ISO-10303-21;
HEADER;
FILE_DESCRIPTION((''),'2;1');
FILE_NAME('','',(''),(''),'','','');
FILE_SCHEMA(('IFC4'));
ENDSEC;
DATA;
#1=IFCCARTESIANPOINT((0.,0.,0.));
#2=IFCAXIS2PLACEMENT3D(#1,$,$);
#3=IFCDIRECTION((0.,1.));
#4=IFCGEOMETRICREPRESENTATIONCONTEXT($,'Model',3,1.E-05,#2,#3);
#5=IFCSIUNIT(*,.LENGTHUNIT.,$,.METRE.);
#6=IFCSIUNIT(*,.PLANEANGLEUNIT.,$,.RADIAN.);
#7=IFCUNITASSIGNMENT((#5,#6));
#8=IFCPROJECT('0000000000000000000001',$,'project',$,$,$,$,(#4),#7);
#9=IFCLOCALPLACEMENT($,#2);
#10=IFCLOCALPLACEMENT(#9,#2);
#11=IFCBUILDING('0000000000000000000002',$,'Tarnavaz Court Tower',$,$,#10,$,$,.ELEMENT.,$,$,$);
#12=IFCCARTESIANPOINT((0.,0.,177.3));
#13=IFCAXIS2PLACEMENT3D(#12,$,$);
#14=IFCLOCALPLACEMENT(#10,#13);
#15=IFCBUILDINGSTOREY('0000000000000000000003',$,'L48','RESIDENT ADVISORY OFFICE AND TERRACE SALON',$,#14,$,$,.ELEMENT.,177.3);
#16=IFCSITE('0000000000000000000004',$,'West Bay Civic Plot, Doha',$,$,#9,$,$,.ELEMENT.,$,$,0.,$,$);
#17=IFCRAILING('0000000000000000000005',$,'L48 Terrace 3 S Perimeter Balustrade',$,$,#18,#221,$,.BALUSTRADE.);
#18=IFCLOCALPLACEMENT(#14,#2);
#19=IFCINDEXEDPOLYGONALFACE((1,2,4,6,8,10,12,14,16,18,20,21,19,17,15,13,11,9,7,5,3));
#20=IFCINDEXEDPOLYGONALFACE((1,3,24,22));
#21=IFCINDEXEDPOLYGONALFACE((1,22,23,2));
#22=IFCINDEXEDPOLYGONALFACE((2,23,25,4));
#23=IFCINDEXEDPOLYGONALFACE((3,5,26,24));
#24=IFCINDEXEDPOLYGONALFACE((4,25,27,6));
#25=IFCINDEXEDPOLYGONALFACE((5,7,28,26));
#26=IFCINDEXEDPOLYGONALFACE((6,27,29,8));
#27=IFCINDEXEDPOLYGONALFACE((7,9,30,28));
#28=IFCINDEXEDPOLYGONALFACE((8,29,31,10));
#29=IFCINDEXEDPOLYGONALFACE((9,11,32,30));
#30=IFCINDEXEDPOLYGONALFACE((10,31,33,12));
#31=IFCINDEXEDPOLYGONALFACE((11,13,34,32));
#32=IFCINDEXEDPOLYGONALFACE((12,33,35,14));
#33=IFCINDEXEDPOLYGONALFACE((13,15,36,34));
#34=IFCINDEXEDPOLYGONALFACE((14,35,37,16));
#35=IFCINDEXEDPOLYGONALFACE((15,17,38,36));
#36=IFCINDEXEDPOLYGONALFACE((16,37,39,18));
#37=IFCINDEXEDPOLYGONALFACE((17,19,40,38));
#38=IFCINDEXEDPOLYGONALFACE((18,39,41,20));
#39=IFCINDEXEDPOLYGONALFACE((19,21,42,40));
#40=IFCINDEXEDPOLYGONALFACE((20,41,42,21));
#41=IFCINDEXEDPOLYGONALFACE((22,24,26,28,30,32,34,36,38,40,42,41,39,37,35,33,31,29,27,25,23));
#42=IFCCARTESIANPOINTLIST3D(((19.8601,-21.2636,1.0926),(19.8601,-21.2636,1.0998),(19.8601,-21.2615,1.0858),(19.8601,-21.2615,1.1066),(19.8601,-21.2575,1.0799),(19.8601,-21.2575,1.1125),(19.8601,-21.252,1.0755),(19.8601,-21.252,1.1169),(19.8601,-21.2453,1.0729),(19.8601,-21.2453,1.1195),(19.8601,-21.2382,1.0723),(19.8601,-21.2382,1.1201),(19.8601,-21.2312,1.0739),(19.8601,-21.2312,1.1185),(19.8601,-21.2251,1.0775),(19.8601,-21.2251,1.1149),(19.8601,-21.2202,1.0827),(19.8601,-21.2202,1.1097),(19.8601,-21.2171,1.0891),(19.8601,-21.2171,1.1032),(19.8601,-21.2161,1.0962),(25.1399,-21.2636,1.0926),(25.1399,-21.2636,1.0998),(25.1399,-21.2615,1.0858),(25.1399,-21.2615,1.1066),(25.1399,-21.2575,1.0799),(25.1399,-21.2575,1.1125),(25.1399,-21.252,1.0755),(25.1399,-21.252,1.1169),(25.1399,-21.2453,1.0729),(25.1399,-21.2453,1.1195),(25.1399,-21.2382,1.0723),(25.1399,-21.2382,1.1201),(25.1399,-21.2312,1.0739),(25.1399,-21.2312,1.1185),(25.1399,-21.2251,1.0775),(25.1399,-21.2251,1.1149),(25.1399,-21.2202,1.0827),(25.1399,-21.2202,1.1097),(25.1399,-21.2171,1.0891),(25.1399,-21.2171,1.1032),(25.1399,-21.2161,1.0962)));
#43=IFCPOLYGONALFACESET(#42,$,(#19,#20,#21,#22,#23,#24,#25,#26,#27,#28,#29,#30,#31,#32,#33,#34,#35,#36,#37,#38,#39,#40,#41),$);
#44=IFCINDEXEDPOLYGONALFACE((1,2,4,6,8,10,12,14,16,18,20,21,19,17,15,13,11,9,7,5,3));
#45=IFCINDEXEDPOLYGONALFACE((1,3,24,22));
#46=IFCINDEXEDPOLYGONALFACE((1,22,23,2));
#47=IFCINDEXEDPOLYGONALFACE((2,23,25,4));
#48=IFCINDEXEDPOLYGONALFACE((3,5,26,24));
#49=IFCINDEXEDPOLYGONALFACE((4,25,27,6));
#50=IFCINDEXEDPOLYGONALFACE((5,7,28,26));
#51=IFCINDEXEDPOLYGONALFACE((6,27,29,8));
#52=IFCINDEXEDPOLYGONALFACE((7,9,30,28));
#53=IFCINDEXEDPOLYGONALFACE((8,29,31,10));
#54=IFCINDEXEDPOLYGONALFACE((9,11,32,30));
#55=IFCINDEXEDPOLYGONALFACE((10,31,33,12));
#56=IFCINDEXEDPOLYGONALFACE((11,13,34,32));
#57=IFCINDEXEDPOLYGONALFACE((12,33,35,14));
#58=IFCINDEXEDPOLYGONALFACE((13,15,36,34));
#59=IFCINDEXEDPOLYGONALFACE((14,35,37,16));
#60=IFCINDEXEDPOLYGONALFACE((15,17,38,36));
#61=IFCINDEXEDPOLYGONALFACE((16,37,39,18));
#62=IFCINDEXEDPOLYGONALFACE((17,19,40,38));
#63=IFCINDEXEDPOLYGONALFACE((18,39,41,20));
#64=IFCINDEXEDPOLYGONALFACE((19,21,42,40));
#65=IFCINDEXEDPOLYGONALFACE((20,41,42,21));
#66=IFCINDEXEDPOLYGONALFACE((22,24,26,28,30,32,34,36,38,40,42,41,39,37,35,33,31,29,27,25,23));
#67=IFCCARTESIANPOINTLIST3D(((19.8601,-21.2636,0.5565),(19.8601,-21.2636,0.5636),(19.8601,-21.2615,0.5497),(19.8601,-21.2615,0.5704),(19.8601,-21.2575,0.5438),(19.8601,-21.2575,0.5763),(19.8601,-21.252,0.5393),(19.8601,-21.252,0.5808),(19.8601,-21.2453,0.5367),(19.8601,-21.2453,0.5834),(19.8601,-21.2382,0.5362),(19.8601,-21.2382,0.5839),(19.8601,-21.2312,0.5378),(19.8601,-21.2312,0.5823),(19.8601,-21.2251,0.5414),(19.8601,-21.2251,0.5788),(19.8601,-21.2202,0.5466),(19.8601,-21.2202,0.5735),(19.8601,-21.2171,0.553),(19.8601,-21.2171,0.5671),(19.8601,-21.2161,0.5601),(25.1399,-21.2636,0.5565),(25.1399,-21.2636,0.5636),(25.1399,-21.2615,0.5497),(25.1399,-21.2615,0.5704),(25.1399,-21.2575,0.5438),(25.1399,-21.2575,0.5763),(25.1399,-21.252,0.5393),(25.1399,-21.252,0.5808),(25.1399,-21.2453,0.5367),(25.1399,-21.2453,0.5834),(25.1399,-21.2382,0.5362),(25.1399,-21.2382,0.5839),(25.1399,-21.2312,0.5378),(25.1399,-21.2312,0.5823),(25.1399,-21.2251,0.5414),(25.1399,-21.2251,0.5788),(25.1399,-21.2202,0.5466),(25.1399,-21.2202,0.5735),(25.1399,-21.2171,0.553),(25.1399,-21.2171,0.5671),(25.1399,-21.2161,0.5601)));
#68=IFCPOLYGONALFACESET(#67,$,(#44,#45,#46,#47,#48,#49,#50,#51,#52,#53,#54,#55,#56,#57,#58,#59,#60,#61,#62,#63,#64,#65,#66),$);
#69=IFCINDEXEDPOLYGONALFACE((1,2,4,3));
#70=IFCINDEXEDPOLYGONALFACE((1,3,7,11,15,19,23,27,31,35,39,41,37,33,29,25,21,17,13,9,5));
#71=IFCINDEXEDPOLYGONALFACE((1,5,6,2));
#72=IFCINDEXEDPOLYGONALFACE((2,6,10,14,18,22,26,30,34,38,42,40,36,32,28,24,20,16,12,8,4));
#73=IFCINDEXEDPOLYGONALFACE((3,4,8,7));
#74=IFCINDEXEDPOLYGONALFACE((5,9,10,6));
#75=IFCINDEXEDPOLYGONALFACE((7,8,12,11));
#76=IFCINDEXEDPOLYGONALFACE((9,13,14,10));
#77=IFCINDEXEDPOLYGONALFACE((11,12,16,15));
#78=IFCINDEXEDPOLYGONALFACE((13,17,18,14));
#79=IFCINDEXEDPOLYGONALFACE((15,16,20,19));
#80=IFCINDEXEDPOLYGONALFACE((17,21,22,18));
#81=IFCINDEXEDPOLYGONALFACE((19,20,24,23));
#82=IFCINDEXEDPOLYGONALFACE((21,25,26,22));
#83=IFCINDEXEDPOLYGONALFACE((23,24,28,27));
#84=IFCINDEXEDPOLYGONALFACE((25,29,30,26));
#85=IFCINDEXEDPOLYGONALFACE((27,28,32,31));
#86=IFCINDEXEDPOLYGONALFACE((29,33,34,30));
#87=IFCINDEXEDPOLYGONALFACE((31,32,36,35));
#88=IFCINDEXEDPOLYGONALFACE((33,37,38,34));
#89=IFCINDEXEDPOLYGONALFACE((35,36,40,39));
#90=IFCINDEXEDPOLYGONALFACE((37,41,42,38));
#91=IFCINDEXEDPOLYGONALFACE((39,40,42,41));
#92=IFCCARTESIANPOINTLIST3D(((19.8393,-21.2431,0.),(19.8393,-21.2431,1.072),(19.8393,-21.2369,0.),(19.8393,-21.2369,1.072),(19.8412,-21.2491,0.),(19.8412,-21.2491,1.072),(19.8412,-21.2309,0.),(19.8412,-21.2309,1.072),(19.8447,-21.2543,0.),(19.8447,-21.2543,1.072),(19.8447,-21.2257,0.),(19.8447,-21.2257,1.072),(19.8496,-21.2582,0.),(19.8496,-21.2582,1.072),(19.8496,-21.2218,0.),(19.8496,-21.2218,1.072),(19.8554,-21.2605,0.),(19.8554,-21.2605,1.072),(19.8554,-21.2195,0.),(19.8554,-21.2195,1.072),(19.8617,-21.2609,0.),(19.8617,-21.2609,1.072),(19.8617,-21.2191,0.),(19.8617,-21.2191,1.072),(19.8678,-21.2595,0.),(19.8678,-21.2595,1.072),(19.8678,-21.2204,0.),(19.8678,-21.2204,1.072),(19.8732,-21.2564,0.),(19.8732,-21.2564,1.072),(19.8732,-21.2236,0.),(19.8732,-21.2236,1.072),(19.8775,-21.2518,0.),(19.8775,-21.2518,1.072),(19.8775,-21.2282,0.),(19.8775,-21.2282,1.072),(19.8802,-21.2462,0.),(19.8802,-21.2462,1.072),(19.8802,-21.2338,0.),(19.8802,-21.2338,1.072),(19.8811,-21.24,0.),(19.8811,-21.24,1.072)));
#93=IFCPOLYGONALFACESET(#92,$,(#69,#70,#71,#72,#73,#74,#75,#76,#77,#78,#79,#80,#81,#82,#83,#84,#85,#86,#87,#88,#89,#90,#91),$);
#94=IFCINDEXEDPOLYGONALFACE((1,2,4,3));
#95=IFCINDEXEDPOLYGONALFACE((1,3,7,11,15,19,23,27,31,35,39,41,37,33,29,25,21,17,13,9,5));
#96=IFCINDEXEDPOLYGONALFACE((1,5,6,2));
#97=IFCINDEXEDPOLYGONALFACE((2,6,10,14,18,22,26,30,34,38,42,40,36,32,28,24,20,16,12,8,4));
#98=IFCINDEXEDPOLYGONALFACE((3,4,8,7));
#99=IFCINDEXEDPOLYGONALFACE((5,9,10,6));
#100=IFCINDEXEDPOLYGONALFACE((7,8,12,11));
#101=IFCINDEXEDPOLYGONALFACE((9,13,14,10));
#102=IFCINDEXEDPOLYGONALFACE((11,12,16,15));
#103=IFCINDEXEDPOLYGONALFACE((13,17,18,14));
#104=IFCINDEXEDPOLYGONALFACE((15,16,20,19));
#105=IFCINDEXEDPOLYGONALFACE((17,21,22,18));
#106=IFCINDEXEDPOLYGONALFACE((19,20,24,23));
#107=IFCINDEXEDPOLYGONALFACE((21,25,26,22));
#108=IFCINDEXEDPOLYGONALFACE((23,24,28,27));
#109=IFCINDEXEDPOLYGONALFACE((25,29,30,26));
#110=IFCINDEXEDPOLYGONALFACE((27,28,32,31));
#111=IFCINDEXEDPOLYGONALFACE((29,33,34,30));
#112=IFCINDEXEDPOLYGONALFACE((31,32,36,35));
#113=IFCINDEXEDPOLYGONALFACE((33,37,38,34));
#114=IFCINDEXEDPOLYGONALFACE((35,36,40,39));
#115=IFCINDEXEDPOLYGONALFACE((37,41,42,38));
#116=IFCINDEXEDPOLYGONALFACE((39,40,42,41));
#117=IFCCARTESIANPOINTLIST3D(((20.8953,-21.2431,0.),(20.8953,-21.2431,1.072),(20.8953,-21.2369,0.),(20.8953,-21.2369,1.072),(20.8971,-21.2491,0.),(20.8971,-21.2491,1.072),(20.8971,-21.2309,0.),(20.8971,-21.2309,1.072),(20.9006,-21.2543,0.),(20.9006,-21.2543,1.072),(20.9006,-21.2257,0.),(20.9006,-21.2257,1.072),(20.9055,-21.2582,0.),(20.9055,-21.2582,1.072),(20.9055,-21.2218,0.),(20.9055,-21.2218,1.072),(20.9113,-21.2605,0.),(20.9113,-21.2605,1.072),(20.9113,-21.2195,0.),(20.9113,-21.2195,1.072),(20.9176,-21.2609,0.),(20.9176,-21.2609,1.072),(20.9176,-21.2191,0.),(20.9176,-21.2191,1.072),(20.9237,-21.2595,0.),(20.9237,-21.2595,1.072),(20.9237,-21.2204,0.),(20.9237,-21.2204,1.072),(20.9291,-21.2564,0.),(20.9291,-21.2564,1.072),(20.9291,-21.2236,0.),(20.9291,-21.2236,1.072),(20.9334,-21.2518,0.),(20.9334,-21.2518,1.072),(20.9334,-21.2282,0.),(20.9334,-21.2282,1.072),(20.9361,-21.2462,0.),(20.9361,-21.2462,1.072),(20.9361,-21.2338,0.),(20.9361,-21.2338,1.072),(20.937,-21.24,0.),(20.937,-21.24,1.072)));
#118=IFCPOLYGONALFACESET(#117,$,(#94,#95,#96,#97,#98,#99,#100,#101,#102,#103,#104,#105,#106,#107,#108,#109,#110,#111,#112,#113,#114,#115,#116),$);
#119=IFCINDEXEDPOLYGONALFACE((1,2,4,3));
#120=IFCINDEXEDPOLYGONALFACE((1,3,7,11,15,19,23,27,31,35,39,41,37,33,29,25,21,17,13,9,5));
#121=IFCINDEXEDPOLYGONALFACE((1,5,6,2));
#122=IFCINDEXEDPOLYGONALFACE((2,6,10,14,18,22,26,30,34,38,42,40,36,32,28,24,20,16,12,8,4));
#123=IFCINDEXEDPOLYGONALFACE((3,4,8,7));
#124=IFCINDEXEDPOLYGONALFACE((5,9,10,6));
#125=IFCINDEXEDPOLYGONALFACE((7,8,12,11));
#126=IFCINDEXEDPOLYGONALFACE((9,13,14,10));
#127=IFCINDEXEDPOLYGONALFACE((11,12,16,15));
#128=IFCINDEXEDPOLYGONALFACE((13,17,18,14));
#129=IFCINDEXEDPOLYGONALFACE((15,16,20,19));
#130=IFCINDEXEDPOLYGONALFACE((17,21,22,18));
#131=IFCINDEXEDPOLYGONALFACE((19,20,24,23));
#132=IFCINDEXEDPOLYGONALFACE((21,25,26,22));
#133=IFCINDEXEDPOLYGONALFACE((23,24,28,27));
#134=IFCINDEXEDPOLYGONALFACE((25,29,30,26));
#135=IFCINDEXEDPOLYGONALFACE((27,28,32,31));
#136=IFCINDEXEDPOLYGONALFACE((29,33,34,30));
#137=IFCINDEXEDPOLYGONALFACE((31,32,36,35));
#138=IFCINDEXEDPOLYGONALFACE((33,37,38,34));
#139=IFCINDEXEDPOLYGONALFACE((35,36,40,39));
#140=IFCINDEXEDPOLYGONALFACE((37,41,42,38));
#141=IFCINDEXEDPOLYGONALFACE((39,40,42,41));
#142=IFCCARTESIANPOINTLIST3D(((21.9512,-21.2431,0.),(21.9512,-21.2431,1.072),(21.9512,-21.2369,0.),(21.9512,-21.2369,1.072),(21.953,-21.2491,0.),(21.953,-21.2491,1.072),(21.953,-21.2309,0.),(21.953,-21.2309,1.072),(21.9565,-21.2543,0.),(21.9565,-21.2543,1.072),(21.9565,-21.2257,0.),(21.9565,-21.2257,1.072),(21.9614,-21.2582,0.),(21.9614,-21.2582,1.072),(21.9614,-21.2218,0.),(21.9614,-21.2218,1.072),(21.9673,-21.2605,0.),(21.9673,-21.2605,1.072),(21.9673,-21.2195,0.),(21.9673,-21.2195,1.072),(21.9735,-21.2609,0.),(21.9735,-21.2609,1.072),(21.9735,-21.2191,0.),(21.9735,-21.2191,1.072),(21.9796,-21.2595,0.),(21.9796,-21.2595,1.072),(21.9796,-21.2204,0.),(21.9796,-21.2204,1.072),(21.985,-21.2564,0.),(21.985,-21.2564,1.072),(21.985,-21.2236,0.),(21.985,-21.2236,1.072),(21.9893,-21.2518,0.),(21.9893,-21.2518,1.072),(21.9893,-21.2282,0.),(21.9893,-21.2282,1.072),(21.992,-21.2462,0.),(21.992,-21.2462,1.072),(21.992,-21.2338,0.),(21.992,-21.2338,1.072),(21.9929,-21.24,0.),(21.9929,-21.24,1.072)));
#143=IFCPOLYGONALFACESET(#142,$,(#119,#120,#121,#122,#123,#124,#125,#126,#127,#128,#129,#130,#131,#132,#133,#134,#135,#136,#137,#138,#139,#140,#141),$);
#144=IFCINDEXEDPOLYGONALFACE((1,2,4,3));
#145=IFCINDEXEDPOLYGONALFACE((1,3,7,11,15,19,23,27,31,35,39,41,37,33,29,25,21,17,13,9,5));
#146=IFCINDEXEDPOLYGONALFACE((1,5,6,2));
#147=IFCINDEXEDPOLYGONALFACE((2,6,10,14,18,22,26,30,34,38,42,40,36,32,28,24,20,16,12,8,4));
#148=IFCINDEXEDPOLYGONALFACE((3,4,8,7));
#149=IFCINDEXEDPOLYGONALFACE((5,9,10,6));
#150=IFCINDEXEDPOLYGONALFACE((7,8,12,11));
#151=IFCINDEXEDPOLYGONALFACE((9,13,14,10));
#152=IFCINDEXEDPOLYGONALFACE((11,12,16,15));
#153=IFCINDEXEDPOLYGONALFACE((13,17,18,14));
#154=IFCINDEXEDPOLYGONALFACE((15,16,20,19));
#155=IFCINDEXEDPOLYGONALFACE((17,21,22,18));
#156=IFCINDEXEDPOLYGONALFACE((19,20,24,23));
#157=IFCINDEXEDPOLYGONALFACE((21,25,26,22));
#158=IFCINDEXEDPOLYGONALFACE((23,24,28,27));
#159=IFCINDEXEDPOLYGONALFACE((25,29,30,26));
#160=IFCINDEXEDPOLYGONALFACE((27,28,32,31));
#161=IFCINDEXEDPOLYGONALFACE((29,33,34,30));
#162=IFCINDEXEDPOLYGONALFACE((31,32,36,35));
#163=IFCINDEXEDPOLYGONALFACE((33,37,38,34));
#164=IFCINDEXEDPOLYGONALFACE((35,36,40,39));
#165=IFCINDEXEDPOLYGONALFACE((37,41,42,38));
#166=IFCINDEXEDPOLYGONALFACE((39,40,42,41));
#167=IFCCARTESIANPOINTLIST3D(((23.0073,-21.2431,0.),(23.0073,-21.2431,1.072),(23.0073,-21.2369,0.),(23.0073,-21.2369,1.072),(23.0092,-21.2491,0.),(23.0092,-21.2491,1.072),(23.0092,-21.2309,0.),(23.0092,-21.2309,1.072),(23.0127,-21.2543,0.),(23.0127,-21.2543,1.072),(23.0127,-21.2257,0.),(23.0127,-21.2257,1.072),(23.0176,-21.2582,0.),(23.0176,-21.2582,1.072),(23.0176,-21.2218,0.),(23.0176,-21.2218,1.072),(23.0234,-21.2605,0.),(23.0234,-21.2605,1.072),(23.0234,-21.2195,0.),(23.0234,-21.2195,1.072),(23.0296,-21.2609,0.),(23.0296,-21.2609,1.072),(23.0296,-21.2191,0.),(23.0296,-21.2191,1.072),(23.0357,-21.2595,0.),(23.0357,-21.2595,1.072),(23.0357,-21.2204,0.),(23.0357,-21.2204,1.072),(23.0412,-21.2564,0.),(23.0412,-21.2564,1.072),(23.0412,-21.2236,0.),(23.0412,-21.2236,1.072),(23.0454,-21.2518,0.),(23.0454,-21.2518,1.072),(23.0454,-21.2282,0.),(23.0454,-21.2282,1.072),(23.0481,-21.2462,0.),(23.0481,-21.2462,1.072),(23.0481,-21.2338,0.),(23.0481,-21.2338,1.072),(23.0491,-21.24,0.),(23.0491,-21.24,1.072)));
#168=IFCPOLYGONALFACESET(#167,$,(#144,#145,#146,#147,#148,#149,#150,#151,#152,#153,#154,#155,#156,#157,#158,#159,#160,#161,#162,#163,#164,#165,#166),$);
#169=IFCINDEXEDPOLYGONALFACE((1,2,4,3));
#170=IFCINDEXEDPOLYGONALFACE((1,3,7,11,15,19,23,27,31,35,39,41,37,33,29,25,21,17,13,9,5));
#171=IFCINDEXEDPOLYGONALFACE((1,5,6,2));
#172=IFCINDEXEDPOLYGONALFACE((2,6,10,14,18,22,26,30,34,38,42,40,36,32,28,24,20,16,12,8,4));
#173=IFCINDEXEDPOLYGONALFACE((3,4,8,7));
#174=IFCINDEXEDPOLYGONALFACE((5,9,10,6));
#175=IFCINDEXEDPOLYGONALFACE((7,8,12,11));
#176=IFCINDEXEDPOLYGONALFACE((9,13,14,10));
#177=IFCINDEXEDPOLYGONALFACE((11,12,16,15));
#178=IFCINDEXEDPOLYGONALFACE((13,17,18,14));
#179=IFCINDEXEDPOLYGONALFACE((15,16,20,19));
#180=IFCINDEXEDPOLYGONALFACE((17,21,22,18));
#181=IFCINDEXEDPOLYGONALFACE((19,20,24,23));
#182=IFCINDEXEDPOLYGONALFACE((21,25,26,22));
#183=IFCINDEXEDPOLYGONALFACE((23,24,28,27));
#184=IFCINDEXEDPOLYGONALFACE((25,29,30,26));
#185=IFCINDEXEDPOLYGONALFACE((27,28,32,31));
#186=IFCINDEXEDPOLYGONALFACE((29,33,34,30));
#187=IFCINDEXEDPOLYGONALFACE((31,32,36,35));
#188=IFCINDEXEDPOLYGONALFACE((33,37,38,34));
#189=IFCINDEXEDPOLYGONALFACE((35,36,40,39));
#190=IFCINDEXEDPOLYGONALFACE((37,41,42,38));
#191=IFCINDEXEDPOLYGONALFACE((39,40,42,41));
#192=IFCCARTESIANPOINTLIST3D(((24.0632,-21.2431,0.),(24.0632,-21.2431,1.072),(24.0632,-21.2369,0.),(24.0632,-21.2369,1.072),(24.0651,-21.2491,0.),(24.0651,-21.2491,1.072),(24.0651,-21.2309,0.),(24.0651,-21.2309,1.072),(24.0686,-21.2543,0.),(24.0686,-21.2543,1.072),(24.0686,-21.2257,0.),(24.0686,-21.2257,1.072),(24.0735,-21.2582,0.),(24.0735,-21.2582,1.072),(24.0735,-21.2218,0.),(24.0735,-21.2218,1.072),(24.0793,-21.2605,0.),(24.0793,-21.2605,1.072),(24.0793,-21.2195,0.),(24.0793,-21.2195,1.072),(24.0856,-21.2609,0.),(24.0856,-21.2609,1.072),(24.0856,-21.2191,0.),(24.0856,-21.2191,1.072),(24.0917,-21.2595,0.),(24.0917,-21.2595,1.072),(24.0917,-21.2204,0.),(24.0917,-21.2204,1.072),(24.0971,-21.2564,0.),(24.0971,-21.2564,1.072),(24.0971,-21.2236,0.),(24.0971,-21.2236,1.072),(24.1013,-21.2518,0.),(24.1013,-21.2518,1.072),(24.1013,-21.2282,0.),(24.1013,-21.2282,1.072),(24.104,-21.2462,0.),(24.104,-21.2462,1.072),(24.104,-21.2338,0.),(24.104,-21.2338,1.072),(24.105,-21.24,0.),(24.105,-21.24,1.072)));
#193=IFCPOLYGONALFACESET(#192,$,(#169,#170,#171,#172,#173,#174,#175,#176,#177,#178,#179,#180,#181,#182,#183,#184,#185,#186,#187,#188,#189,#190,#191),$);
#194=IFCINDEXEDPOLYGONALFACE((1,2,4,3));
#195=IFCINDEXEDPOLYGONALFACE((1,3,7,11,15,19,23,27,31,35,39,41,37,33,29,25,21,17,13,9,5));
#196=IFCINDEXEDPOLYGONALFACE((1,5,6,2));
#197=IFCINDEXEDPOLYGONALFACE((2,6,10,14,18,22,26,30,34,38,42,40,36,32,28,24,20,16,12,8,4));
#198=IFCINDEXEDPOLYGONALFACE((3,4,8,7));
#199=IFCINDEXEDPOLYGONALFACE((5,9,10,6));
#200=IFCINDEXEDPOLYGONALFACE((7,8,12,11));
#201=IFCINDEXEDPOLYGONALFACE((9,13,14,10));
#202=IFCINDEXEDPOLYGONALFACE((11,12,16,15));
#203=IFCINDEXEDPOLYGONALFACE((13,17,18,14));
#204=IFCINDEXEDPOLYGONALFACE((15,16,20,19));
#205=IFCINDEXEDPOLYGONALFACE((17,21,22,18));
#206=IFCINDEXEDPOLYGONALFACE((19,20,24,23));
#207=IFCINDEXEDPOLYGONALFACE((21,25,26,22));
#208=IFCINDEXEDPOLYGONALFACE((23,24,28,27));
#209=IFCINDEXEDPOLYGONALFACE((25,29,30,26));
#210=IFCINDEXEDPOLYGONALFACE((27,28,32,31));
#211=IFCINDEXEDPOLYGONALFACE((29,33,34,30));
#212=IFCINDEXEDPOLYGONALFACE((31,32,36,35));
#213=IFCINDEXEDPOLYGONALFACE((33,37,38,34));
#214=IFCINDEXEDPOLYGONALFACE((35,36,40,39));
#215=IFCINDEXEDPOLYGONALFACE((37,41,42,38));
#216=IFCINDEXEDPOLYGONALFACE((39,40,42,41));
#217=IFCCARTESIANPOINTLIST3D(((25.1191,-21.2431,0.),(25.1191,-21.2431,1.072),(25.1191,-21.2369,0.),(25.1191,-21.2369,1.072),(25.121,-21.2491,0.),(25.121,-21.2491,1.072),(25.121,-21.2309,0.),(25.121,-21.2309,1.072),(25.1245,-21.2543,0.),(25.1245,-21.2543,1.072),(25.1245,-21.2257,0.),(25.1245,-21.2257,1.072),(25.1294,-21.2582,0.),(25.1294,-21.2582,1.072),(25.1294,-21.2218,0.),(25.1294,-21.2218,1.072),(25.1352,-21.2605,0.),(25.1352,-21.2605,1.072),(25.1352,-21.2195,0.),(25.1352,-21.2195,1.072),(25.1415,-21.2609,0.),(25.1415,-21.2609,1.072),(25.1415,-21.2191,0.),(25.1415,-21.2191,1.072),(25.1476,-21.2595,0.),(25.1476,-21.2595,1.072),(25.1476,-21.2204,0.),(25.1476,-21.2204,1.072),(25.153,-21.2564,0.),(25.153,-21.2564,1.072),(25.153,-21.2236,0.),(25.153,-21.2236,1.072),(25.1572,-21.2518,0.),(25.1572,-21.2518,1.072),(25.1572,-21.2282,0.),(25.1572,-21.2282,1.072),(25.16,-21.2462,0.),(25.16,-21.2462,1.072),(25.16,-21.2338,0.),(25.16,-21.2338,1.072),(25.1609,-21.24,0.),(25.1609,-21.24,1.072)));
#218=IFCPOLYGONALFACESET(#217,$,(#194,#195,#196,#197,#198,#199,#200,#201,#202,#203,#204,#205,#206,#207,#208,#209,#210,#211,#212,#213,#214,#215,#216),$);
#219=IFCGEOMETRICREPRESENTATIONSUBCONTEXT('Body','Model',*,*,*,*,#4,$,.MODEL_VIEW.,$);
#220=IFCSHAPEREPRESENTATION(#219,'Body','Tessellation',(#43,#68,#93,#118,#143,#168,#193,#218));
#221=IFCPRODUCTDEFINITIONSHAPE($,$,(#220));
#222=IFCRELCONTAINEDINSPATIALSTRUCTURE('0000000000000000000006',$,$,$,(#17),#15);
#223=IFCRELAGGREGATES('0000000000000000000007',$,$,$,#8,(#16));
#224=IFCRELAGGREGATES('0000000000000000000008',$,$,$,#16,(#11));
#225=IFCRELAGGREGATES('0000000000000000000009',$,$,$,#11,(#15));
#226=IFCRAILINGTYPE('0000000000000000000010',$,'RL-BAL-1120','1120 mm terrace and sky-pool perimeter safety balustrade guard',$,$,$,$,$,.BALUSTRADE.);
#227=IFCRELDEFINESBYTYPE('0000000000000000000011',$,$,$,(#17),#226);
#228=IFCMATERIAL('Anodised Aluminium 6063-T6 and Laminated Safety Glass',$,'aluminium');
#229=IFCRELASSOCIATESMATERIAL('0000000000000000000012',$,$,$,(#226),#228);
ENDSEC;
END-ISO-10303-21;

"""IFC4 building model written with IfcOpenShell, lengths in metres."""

from ifc_helpers import new_model, si_unit, direction, frame, origin, origin_2d, place, context, subcontext, project, spatial, circle, extrude, material, type_object, element, save


model = new_model("IFC4")

# Units and contexts
model_context = context("Model", 3, precision=1e-05, world=origin(), true_north=direction((0.0, 1.0)))
body_context = subcontext(model_context, "Body", "Model", "MODEL_VIEW")
ifc_project = project(units=[si_unit("LENGTHUNIT", "METRE"), si_unit("PLANEANGLEUNIT", "RADIAN")], contexts=[model_context])

# Site, building, storey
site_placement = place(None, origin())
site = spatial("IfcSite", under=ifc_project, at=site_placement, Name="West Bay Civic Plot, Doha", CompositionType="ELEMENT", RefElevation=0.0)
building_placement = place(site_placement, origin())
building = spatial("IfcBuilding", under=site, at=building_placement, Name="Tarnavaz Court Tower", CompositionType="ELEMENT")
storey_placement = place(building_placement, frame((0.0, 0.0, 177.3)))
storey = spatial("IfcBuildingStorey", under=building, at=storey_placement, Name="L48", Description="RESIDENT ADVISORY OFFICE AND TERRACE SALON", CompositionType="ELEMENT", Elevation=177.3)

# Railing
ifc_material_1 = material(Name="Anodised Aluminium 6063-T6 and Laminated Safety Glass", Category="aluminium")
railing_type = type_object("IfcRailingType", Name="RL-BAL-1120", Description="1120 mm terrace and sky-pool perimeter safety balustrade guard", PredefinedType="BALUSTRADE", material=ifc_material_1)
railing_1_placement = place(storey_placement, frame((19.8601, -21.24, 0.0)))
element("IfcRailing", 1, at=railing_1_placement, inside=storey, type_object=railing_type, Name="L48 Terrace 3 S Perimeter Balustrade", PredefinedType="BALUSTRADE", context=body_context, shape_type="SweptSolid", body=[
    extrude(circle(Radius=0.0239, at=origin_2d()), frame((0.0, 0.0, 1.0962), z_axis=(1.0, 0.0, 0.0), x_axis=(0.0, 1.0, 0.0)), (0.0, 0.0, 1.0), 5.2798),
    extrude(circle(Radius=0.0239, at=origin_2d()), frame((0.0, 0.0, 0.5601), z_axis=(1.0, 0.0, 0.0), x_axis=(0.0, 1.0, 0.0)), (0.0, 0.0, 1.0), 5.2798),
    extrude(circle(Radius=0.021, at=origin_2d()), origin(), (0.0, 0.0, 1.0), 1.072),
    extrude(circle(Radius=0.021, at=origin_2d()), frame((1.0559, 0.0, 0.0)), (0.0, 0.0, 1.0), 1.072),
    extrude(circle(Radius=0.021, at=origin_2d()), frame((2.1118, 0.0, 0.0)), (0.0, 0.0, 1.0), 1.072),
    extrude(circle(Radius=0.021, at=origin_2d()), frame((3.168, 0.0, 0.0)), (0.0, 0.0, 1.0), 1.072),
    extrude(circle(Radius=0.021, at=origin_2d()), frame((4.2239, 0.0, 0.0)), (0.0, 0.0, 1.0), 1.072),
    extrude(circle(Radius=0.021, at=origin_2d()), frame((5.2798, 0.0, 0.0)), (0.0, 0.0, 1.0), 1.072),
])

save(model, "model.ifc")
